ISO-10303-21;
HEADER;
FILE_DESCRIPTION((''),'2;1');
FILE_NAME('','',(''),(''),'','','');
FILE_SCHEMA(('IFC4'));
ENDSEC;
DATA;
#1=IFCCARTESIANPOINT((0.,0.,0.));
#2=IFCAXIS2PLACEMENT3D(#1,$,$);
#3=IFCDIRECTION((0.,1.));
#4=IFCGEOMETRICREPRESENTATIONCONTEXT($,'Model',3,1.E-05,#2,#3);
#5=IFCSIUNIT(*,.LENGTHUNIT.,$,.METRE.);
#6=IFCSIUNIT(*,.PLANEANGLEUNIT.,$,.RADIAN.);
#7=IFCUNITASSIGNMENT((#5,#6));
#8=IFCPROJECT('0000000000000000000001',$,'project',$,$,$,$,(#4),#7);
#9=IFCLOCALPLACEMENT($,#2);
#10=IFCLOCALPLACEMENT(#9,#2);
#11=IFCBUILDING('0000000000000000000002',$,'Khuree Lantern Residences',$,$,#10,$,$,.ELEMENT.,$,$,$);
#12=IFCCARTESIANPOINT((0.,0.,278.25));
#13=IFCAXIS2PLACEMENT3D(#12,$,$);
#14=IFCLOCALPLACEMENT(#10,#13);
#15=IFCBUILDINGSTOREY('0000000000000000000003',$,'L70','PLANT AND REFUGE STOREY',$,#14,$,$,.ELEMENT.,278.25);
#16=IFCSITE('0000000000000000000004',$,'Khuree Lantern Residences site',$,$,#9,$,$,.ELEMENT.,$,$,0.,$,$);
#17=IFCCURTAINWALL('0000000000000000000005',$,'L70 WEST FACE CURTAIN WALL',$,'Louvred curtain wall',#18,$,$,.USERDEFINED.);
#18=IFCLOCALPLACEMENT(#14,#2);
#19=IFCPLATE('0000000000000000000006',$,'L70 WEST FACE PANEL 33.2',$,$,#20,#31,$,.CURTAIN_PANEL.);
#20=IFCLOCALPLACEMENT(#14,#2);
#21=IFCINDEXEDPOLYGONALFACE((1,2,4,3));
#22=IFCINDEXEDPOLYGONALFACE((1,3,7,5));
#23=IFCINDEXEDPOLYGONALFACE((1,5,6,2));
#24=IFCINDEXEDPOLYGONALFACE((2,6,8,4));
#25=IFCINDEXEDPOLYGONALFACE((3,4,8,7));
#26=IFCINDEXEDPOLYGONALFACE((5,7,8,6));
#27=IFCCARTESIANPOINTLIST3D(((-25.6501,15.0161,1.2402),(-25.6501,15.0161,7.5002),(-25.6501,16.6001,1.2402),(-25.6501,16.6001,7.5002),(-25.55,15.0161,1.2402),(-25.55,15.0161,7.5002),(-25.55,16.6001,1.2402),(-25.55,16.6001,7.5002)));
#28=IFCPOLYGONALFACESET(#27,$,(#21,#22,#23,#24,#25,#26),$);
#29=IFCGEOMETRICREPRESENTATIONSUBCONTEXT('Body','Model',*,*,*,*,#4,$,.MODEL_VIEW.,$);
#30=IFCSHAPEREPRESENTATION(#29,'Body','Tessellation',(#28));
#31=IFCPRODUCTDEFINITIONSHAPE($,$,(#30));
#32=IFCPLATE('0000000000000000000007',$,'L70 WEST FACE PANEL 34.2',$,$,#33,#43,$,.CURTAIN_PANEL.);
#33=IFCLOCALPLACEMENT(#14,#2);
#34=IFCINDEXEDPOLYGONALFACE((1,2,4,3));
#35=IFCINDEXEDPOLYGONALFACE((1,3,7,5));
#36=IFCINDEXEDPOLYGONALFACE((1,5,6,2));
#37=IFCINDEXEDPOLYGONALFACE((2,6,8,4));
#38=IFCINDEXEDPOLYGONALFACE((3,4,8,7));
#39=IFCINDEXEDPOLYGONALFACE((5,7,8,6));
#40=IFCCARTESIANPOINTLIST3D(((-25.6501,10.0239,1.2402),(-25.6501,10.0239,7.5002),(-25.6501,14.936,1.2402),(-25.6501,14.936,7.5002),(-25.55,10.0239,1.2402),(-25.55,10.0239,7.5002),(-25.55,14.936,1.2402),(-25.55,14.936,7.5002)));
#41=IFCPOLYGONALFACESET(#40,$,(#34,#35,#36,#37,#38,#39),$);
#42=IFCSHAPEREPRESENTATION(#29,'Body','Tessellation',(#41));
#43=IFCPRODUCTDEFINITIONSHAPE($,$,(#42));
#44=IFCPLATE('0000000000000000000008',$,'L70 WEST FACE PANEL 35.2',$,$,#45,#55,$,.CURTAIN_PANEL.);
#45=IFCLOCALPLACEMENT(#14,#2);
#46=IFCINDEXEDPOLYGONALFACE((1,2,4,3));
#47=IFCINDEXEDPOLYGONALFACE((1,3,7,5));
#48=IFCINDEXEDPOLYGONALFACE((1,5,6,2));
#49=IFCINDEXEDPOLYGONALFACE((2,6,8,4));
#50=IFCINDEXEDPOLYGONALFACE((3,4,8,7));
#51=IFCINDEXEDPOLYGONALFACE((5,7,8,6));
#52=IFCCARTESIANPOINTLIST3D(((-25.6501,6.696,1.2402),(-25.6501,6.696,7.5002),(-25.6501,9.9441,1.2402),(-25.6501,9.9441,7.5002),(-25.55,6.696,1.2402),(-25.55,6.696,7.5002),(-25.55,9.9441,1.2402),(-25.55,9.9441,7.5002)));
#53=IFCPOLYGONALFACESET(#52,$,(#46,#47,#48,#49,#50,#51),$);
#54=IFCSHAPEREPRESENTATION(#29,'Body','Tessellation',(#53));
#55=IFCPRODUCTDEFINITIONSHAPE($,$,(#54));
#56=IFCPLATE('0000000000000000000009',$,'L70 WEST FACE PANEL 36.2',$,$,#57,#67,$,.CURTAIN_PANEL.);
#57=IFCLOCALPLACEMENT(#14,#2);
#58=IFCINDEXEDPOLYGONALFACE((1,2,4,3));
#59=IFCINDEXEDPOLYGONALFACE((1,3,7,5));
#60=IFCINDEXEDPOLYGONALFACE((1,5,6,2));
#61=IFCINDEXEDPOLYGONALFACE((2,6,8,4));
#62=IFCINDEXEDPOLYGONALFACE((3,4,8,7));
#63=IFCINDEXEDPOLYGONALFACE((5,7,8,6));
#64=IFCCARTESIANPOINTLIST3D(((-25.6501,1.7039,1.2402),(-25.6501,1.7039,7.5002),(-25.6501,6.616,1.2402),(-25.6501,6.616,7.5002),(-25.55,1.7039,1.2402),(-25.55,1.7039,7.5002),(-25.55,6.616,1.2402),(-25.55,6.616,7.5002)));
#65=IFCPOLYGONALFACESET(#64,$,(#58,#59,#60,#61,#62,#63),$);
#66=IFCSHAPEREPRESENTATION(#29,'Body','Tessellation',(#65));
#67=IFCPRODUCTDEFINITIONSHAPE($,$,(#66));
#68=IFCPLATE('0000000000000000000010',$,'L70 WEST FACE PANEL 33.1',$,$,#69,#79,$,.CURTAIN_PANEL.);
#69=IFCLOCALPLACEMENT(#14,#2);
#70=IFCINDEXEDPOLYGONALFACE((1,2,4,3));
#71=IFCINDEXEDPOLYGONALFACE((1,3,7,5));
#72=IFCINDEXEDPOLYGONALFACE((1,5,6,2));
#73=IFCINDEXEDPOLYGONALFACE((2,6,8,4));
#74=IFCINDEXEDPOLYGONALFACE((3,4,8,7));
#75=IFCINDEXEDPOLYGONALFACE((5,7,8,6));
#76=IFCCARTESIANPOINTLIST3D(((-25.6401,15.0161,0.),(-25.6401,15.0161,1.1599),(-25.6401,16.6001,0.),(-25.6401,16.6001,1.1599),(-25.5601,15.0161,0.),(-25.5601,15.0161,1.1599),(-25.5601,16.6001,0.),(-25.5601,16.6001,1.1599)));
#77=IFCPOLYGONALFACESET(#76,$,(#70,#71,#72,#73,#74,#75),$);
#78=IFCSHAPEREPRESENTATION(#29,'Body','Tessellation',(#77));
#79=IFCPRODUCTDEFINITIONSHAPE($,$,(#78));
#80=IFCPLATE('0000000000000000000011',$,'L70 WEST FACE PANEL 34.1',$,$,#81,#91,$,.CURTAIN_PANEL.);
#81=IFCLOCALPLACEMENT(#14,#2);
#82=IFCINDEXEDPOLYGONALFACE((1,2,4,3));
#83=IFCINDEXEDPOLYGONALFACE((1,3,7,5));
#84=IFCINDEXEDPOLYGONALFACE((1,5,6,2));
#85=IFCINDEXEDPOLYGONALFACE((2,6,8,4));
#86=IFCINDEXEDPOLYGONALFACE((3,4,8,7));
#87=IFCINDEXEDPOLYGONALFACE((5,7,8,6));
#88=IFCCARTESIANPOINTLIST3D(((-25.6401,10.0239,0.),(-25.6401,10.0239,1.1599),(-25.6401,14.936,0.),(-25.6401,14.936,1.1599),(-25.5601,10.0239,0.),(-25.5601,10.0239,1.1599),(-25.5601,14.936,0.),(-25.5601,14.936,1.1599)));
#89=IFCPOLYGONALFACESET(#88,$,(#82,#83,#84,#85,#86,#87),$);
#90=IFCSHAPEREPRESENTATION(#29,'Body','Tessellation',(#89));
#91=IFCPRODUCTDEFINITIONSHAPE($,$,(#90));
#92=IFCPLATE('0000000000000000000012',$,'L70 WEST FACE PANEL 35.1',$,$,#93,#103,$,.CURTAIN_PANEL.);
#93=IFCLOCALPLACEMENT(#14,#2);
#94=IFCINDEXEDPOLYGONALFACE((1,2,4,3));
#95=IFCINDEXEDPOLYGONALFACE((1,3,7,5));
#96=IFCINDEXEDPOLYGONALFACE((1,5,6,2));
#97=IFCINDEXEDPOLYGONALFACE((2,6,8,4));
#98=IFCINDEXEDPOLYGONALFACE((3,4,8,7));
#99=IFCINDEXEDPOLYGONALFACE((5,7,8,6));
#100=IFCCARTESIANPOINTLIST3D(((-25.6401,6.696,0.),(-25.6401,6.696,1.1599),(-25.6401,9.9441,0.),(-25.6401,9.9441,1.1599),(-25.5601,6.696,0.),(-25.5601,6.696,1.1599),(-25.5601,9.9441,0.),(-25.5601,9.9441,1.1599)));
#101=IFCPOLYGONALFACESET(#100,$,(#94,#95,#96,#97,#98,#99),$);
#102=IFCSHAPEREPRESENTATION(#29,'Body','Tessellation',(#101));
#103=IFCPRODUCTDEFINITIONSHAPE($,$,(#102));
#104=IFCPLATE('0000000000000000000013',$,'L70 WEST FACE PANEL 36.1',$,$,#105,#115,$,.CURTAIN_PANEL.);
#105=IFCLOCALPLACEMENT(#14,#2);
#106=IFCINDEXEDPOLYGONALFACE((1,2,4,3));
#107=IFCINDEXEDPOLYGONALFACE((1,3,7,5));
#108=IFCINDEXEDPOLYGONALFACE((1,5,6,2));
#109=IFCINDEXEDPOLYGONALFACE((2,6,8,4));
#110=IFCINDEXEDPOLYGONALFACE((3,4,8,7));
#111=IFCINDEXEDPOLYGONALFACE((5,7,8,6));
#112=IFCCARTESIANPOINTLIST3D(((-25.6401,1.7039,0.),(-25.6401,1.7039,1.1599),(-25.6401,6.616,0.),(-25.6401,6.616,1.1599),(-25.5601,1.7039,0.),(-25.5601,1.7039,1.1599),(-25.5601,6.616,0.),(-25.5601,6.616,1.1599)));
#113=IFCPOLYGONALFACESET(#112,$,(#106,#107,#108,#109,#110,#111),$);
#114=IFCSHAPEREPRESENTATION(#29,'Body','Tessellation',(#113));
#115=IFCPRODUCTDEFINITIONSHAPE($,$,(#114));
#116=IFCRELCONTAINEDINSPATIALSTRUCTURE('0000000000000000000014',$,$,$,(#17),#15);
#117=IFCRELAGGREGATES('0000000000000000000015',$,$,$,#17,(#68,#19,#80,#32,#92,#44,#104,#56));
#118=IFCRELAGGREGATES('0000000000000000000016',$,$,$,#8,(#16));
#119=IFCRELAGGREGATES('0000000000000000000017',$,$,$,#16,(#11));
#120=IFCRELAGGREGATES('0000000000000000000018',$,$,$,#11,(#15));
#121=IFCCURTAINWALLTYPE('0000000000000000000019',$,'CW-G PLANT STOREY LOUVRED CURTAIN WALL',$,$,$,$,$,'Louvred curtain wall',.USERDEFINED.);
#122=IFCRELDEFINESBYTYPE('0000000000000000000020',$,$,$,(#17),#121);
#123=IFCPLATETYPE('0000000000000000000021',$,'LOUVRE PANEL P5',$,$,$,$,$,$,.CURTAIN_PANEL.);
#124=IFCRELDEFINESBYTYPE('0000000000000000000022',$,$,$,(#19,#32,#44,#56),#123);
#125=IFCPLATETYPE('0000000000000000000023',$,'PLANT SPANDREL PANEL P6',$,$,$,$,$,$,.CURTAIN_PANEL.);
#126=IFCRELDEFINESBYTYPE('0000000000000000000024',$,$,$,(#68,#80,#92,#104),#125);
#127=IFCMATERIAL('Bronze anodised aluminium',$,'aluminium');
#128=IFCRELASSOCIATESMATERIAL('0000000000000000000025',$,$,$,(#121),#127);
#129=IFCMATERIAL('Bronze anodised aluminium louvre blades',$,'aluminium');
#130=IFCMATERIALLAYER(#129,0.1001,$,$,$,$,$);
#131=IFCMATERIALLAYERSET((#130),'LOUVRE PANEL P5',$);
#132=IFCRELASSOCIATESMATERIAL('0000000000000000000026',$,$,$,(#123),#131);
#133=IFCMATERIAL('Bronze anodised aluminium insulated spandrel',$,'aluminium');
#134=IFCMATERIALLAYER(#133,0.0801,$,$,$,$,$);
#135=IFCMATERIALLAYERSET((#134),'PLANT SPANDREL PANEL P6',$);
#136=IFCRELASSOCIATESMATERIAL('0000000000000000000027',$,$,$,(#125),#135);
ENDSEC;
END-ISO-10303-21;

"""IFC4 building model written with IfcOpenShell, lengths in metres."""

from ifc_helpers import new_model, si_unit, direction, frame, origin, origin_2d, place, context, subcontext, project, spatial, rectangle, extrude, material, layer, layer_set, type_object, element, aggregate, save


model = new_model("IFC4")

# Units and contexts
model_context = context("Model", 3, precision=1e-05, world=origin(), true_north=direction((0.0, 1.0)))
body_context = subcontext(model_context, "Body", "Model", "MODEL_VIEW")
ifc_project = project(units=[si_unit("LENGTHUNIT", "METRE"), si_unit("PLANEANGLEUNIT", "RADIAN")], contexts=[model_context])

# Site, building, storey
site_placement = place(None, origin())
site = spatial("IfcSite", under=ifc_project, at=site_placement, Name="Khuree Lantern Residences site", CompositionType="ELEMENT", RefElevation=0.0)
building_placement = place(site_placement, origin())
building = spatial("IfcBuilding", under=site, at=building_placement, Name="Khuree Lantern Residences", CompositionType="ELEMENT")
storey_placement = place(building_placement, frame((0.0, 0.0, 278.25)))
storey = spatial("IfcBuildingStorey", under=building, at=storey_placement, Name="L70", Description="PLANT AND REFUGE STOREY", CompositionType="ELEMENT", Elevation=278.25)

# Curtain wall
ifc_material_1 = material(Name="Bronze anodised aluminium", Category="aluminium")
curtain_wall_type = type_object("IfcCurtainWallType", Name="CW-G PLANT STOREY LOUVRED CURTAIN WALL", ElementType="Louvred curtain wall", PredefinedType="USERDEFINED", material=ifc_material_1)
curtain_wall_placement = place(storey_placement, origin())
curtain_wall = element("IfcCurtainWall", 1, at=curtain_wall_placement, inside=storey, type_object=curtain_wall_type, Name="L70 WEST FACE CURTAIN WALL", ObjectType="Louvred curtain wall", PredefinedType="USERDEFINED")

# Plates
ifc_material_2 = material(Name="Bronze anodised aluminium louvre blades", Category="aluminium")
ifc_layer_1 = layer(ifc_material_2, 0.1001)
ifc_layer_set_1 = layer_set([ifc_layer_1], Name="LOUVRE PANEL P5")
plate_type_1 = type_object("IfcPlateType", Name="LOUVRE PANEL P5", PredefinedType="CURTAIN_PANEL", material=ifc_layer_set_1)
plate_1_placement = place(storey_placement, frame((-25.6001, 15.8081, 1.2402), z_axis=(0.0, 0.0, 1.0), x_axis=(0.0, -1.0, 0.0)))
plate_1 = element("IfcPlate", 2, at=plate_1_placement, type_object=plate_type_1, Name="L70 WEST FACE PANEL 33.2", PredefinedType="CURTAIN_PANEL", context=body_context, shape_type="SweptSolid", body=[
    extrude(rectangle(XDim=1.584, YDim=0.1001, at=origin_2d()), origin(), (0.0, 0.0, 1.0), 6.26),
])
plate_2_placement = place(storey_placement, frame((-25.6001, 12.48, 1.2402), z_axis=(0.0, 0.0, 1.0), x_axis=(0.0, -1.0, 0.0)))
plate_2 = element("IfcPlate", 3, at=plate_2_placement, type_object=plate_type_1, Name="L70 WEST FACE PANEL 34.2", PredefinedType="CURTAIN_PANEL", context=body_context, shape_type="SweptSolid", body=[
    extrude(rectangle(XDim=4.9121, YDim=0.1001, at=origin_2d()), origin(), (0.0, 0.0, 1.0), 6.26),
])
plate_3_placement = place(storey_placement, frame((-25.6001, 8.3201, 1.2402), z_axis=(0.0, 0.0, 1.0), x_axis=(0.0, -1.0, 0.0)))
plate_3 = element("IfcPlate", 4, at=plate_3_placement, type_object=plate_type_1, Name="L70 WEST FACE PANEL 35.2", PredefinedType="CURTAIN_PANEL", context=body_context, shape_type="SweptSolid", body=[
    extrude(rectangle(XDim=3.248, YDim=0.1001, at=origin_2d()), origin(), (0.0, 0.0, 1.0), 6.26),
])
plate_4_placement = place(storey_placement, frame((-25.6001, 4.1599, 1.2402), z_axis=(0.0, 0.0, 1.0), x_axis=(0.0, -1.0, 0.0)))
plate_4 = element("IfcPlate", 5, at=plate_4_placement, type_object=plate_type_1, Name="L70 WEST FACE PANEL 36.2", PredefinedType="CURTAIN_PANEL", context=body_context, shape_type="SweptSolid", body=[
    extrude(rectangle(XDim=4.9121, YDim=0.1001, at=origin_2d()), origin(), (0.0, 0.0, 1.0), 6.26),
])
ifc_material_3 = material(Name="Bronze anodised aluminium insulated spandrel", Category="aluminium")
ifc_layer_2 = layer(ifc_material_3, 0.0801)
ifc_layer_set_2 = layer_set([ifc_layer_2], Name="PLANT SPANDREL PANEL P6")
plate_type_2 = type_object("IfcPlateType", Name="PLANT SPANDREL PANEL P6", PredefinedType="CURTAIN_PANEL", material=ifc_layer_set_2)
plate_5_placement = place(storey_placement, frame((-25.6001, 15.8081, 0.0), z_axis=(0.0, 0.0, 1.0), x_axis=(0.0, -1.0, 0.0)))
plate_5 = element("IfcPlate", 6, at=plate_5_placement, type_object=plate_type_2, Name="L70 WEST FACE PANEL 33.1", PredefinedType="CURTAIN_PANEL", context=body_context, shape_type="SweptSolid", body=[
    extrude(rectangle(XDim=1.584, YDim=0.0801, at=origin_2d()), origin(), (0.0, 0.0, 1.0), 1.1599),
])
plate_6_placement = place(storey_placement, frame((-25.6001, 12.48, 0.0), z_axis=(0.0, 0.0, 1.0), x_axis=(0.0, -1.0, 0.0)))
plate_6 = element("IfcPlate", 7, at=plate_6_placement, type_object=plate_type_2, Name="L70 WEST FACE PANEL 34.1", PredefinedType="CURTAIN_PANEL", context=body_context, shape_type="SweptSolid", body=[
    extrude(rectangle(XDim=4.9121, YDim=0.0801, at=origin_2d()), origin(), (0.0, 0.0, 1.0), 1.1599),
])
plate_7_placement = place(storey_placement, frame((-25.6001, 8.3201, 0.0), z_axis=(0.0, 0.0, 1.0), x_axis=(0.0, -1.0, 0.0)))
plate_7 = element("IfcPlate", 8, at=plate_7_placement, type_object=plate_type_2, Name="L70 WEST FACE PANEL 35.1", PredefinedType="CURTAIN_PANEL", context=body_context, shape_type="SweptSolid", body=[
    extrude(rectangle(XDim=3.248, YDim=0.0801, at=origin_2d()), origin(), (0.0, 0.0, 1.0), 1.1599),
])
plate_8_placement = place(storey_placement, frame((-25.6001, 4.1599, 0.0), z_axis=(0.0, 0.0, 1.0), x_axis=(0.0, -1.0, 0.0)))
plate_8 = element("IfcPlate", 9, at=plate_8_placement, type_object=plate_type_2, Name="L70 WEST FACE PANEL 36.1", PredefinedType="CURTAIN_PANEL", context=body_context, shape_type="SweptSolid", body=[
    extrude(rectangle(XDim=4.9121, YDim=0.0801, at=origin_2d()), origin(), (0.0, 0.0, 1.0), 1.1599),
])
aggregate(curtain_wall, [plate_5, plate_1, plate_6, plate_2, plate_7, plate_3, plate_8, plate_4])

save(model, "model.ifc")
